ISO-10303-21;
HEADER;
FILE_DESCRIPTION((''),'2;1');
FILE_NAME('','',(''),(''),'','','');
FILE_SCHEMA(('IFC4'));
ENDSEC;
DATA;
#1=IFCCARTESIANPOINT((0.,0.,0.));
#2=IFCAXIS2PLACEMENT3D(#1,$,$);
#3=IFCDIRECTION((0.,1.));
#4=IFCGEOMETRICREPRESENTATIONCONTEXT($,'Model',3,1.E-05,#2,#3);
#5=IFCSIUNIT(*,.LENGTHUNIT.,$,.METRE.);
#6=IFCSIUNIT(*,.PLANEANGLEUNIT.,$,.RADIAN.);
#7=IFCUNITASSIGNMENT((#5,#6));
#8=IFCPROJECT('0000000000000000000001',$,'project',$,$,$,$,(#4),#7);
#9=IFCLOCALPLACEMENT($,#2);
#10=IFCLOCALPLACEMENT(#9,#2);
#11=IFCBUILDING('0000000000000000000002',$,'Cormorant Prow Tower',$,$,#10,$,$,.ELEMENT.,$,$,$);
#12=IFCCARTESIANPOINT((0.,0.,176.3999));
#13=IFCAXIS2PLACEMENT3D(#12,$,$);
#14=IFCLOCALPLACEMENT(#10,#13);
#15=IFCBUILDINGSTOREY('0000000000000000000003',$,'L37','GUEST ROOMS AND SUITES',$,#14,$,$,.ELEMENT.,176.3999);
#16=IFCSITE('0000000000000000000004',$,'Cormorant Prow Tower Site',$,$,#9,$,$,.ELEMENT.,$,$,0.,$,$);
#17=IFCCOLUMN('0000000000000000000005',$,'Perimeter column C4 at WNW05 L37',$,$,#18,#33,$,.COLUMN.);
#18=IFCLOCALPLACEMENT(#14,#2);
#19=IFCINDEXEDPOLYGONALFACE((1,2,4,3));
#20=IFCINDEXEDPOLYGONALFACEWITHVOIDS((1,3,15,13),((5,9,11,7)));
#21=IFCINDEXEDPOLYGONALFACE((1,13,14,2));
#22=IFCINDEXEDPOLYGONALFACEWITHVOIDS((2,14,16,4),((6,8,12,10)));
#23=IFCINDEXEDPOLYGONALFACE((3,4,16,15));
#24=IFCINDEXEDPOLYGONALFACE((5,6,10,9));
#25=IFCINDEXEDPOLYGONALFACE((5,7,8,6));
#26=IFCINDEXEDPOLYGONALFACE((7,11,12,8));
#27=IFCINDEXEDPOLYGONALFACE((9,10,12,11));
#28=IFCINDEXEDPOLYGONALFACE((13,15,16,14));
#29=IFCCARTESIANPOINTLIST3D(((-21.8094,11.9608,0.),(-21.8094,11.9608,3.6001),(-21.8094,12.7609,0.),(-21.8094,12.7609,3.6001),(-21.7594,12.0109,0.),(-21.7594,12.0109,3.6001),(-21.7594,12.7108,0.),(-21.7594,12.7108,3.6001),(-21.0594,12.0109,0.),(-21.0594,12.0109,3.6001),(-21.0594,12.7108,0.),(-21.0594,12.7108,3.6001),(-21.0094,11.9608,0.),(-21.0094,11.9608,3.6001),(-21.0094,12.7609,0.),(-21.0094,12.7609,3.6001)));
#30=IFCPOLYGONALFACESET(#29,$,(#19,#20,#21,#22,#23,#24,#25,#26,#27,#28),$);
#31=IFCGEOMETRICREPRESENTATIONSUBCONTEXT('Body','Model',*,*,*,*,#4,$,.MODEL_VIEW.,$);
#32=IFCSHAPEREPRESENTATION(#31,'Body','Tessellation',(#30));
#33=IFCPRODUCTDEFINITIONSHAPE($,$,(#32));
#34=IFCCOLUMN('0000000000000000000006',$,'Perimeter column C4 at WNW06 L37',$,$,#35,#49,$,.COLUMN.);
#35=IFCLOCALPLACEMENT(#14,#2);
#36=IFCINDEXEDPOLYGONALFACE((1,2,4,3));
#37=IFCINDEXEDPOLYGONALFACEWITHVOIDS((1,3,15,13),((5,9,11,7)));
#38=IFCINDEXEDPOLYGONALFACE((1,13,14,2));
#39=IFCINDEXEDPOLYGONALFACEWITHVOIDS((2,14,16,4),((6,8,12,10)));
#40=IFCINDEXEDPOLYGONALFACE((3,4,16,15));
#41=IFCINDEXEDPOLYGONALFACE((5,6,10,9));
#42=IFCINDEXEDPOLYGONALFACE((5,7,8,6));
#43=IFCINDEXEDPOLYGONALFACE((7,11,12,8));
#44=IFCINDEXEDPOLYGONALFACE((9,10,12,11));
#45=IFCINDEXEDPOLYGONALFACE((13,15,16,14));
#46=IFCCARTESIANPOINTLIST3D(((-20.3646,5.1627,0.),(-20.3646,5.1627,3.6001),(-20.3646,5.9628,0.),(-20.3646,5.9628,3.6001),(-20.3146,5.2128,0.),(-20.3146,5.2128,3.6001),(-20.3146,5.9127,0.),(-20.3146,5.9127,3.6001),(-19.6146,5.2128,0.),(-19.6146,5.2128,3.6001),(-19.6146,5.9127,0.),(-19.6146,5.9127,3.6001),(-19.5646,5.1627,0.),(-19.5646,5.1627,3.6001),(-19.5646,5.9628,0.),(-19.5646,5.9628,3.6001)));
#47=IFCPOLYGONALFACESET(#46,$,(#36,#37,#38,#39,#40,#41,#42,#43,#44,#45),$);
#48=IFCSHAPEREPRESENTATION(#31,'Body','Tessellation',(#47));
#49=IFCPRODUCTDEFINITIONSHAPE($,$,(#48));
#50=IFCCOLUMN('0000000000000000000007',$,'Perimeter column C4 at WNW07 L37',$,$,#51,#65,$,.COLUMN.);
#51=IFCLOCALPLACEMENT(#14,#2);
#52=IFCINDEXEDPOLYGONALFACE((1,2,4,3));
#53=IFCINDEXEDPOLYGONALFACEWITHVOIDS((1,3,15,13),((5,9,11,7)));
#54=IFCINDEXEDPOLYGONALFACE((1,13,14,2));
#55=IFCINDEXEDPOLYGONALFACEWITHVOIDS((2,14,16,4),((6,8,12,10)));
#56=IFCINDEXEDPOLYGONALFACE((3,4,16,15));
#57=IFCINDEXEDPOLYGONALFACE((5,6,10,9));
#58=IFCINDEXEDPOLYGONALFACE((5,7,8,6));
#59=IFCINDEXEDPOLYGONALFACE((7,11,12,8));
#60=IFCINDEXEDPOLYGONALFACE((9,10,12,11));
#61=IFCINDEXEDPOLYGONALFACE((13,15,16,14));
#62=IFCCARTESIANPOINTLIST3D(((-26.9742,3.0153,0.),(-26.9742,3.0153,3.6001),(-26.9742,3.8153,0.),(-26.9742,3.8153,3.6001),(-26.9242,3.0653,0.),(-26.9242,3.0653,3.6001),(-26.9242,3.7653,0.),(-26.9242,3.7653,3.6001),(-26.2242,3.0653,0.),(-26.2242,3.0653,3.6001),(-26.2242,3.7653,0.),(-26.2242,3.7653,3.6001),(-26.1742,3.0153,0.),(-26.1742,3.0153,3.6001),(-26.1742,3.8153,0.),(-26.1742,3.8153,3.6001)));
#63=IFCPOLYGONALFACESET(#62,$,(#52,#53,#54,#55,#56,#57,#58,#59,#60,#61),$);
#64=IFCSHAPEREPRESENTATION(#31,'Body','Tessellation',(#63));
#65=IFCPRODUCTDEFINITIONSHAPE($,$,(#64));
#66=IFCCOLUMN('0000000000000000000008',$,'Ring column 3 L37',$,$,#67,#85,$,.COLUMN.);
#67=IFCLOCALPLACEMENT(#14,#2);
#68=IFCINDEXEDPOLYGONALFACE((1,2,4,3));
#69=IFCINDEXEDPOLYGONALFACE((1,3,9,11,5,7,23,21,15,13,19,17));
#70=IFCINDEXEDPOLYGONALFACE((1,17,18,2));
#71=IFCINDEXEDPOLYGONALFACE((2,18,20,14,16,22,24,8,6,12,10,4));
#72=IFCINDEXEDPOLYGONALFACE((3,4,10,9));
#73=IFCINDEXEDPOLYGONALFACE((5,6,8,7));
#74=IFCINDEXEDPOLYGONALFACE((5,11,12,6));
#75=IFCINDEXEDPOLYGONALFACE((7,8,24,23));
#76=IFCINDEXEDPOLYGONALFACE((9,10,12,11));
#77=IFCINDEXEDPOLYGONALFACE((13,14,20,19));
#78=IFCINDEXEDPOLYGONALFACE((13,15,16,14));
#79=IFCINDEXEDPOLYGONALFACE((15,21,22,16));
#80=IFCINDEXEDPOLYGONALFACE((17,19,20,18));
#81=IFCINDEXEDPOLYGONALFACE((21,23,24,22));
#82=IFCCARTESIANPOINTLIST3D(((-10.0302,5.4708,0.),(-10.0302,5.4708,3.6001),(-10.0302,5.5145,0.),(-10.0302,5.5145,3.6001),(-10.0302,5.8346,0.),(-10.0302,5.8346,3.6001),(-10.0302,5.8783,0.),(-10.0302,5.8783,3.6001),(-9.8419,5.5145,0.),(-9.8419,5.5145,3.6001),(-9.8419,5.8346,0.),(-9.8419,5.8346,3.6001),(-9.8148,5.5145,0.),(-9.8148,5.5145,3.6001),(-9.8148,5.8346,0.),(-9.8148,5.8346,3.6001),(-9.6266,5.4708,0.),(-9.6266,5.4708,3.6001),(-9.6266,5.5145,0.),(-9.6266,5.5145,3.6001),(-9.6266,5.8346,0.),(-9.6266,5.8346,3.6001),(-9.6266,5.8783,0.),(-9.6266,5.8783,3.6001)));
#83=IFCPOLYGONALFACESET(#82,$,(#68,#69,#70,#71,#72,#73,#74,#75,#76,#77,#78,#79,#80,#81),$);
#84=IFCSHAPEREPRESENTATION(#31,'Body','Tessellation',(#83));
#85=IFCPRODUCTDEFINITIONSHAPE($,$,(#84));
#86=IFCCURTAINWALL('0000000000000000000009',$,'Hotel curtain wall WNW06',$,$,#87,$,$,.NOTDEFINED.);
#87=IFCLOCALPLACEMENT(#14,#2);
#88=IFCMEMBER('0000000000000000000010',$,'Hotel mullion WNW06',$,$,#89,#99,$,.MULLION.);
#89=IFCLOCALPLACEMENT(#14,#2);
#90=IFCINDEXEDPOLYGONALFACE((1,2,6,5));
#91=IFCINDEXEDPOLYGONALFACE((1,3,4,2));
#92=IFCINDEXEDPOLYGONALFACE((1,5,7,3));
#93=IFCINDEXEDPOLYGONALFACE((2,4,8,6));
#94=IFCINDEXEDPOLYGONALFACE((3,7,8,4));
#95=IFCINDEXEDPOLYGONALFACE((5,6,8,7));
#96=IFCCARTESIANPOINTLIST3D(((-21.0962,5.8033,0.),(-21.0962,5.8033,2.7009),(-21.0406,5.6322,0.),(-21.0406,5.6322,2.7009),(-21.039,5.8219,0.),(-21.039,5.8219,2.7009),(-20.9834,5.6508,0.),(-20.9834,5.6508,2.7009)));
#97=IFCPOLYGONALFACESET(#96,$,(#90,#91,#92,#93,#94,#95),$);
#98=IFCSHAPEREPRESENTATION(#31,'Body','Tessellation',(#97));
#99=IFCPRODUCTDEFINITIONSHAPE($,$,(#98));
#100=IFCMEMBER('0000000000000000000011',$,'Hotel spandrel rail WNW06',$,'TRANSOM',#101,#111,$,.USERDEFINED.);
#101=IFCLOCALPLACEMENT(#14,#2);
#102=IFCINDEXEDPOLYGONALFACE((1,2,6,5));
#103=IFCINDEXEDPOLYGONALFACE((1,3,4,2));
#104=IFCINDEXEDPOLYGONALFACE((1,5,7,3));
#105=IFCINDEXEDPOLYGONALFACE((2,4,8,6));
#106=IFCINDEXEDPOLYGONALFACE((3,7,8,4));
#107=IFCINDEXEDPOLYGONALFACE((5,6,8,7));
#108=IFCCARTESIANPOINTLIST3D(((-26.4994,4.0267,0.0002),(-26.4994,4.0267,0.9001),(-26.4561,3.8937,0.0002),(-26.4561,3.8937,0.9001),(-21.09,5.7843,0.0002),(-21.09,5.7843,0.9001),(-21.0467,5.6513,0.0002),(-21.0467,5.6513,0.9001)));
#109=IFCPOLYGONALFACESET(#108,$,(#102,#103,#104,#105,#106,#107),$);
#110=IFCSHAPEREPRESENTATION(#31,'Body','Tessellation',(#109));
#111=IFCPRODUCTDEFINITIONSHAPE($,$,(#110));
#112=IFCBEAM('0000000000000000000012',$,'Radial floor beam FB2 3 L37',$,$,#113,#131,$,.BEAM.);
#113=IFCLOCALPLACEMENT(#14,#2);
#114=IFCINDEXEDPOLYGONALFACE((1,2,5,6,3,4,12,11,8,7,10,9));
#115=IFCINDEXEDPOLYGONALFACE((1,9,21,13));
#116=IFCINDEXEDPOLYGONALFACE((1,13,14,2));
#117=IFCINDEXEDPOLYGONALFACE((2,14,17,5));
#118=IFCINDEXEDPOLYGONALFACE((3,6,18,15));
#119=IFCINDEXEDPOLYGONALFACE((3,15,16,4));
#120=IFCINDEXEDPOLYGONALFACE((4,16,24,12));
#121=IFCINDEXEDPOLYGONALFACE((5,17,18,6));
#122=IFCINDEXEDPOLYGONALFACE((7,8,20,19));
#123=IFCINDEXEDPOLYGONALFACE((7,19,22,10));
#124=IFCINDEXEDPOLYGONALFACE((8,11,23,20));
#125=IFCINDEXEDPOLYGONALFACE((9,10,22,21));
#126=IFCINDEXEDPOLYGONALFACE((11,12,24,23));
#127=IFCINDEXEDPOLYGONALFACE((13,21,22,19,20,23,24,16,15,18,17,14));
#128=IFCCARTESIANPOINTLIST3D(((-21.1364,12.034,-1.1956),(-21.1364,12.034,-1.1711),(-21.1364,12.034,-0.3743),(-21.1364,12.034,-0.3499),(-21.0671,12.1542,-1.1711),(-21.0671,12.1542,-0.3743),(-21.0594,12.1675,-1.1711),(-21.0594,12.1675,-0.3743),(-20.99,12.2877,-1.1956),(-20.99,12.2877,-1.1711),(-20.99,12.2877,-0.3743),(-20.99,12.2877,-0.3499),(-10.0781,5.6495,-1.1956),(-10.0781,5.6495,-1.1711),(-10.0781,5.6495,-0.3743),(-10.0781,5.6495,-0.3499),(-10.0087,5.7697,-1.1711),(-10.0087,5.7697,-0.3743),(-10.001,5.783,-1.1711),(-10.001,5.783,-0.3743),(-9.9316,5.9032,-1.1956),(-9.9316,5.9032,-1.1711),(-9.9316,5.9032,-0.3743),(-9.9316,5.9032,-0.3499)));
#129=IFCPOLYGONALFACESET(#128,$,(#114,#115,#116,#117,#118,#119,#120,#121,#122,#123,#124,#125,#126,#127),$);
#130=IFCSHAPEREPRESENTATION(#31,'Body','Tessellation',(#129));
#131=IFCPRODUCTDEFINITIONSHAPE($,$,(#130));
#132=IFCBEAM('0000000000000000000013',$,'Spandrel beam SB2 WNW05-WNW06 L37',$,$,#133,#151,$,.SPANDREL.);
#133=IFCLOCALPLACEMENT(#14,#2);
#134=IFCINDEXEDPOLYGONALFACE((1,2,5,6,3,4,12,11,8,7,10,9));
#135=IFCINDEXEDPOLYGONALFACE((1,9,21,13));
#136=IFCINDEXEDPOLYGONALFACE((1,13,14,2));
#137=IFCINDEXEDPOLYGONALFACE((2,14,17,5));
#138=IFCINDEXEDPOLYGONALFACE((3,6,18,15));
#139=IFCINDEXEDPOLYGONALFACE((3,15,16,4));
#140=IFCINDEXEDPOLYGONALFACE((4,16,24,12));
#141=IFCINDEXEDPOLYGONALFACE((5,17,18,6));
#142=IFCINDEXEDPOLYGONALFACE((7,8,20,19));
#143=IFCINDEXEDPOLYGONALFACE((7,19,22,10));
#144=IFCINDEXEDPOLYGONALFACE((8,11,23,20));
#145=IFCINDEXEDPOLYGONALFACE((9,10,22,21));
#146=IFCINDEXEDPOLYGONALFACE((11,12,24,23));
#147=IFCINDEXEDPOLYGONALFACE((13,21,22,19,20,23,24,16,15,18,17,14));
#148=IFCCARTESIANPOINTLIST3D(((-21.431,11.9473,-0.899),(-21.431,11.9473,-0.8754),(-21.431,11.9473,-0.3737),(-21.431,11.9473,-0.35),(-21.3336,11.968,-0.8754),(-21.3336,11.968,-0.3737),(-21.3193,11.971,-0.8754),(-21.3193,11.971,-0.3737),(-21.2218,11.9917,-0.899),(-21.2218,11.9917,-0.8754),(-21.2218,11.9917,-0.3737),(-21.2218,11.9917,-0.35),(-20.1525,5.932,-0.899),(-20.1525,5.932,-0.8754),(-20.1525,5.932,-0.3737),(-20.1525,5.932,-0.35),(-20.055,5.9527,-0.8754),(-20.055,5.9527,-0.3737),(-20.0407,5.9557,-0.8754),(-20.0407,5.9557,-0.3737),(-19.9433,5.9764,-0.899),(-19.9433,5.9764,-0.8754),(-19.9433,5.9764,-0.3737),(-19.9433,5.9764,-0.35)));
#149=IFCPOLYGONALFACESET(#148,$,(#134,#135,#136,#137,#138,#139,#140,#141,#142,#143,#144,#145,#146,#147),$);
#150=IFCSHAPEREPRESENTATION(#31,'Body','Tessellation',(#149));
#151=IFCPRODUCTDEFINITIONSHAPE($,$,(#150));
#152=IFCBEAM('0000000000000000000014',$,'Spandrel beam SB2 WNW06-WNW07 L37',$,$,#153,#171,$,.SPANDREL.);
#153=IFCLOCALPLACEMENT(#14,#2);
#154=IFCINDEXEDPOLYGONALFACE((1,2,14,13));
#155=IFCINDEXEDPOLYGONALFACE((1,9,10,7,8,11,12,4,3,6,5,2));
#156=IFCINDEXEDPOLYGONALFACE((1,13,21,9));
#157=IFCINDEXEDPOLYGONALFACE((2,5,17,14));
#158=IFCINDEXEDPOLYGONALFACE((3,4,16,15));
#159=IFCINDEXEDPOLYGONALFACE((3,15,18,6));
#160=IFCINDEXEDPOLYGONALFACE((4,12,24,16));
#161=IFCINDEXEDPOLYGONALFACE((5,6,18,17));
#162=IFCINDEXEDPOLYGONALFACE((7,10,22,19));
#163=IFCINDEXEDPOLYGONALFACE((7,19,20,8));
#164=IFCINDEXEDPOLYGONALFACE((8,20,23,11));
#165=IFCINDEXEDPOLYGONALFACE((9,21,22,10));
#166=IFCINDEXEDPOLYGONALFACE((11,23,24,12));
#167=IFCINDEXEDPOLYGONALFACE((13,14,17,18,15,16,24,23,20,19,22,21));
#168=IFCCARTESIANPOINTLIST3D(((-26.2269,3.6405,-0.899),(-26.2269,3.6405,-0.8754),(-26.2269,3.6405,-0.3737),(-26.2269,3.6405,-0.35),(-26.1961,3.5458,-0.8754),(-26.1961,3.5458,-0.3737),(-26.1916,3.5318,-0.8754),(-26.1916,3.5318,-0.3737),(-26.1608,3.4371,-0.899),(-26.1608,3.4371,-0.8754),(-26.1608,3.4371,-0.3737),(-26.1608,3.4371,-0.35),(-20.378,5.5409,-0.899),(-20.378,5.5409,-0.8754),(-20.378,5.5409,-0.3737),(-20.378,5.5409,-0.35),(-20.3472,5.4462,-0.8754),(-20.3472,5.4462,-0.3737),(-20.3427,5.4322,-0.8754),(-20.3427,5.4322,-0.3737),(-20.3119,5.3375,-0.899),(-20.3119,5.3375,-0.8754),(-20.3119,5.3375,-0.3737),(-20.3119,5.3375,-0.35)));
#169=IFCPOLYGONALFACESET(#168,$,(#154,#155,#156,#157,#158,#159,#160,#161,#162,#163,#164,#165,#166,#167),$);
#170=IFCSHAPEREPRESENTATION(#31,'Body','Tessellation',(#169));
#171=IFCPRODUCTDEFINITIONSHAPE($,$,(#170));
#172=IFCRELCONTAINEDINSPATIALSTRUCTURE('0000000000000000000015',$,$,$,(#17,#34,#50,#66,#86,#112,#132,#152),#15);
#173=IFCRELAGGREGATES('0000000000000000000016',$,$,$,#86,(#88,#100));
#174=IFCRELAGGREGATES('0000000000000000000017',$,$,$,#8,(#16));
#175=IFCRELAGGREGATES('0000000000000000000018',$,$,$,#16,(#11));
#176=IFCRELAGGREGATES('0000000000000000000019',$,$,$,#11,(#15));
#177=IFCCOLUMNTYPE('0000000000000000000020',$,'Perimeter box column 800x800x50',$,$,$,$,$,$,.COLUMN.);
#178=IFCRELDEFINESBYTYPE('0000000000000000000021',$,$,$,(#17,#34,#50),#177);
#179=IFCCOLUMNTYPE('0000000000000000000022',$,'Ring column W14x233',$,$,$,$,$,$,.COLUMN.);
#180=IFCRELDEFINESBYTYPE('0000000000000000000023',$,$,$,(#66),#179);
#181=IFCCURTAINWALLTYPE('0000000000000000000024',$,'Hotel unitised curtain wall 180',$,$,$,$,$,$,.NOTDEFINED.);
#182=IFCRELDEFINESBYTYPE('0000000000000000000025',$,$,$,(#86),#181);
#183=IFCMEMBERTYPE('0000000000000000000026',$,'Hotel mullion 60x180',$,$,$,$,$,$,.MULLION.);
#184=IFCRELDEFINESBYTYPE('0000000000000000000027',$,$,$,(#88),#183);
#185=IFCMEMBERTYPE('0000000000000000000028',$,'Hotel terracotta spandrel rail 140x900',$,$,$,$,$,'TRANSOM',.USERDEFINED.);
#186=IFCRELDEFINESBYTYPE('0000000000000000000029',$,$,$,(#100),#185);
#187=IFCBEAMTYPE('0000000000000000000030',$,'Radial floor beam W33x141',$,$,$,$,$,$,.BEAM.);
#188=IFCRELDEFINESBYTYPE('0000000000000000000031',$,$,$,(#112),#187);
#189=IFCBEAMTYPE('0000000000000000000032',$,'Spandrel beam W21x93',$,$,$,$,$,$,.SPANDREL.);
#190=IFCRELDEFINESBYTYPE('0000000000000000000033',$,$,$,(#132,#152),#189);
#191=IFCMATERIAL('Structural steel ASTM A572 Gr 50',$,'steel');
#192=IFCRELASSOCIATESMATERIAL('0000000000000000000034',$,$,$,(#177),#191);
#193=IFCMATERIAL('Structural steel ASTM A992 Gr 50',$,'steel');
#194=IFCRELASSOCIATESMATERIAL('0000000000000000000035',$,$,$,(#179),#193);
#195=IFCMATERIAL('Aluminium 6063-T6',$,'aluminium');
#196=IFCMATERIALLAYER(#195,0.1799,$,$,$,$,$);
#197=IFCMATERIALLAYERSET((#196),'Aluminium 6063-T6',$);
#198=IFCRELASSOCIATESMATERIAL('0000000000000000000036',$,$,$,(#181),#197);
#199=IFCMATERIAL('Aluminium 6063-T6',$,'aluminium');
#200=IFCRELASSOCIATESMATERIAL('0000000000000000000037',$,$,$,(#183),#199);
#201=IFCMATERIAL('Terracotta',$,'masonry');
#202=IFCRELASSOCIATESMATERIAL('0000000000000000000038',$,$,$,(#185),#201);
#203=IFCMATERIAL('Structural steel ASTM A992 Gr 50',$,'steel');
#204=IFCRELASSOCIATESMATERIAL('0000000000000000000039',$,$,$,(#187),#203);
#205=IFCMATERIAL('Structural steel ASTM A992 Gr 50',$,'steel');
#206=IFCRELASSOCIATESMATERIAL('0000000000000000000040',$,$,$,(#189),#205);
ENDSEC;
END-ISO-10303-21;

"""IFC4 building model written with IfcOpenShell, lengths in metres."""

from ifc_helpers import new_model, si_unit, direction, frame, origin, origin_2d, place, context, subcontext, project, spatial, rectangle, hollow_rectangle, i_section, extrude, material, layer, layer_set, material_profile, profile_set, type_object, element, aggregate, save


model = new_model("IFC4")

# Units and contexts
model_context = context("Model", 3, precision=1e-05, world=origin(), true_north=direction((0.0, 1.0)))
body_context = subcontext(model_context, "Body", "Model", "MODEL_VIEW")
ifc_project = project(units=[si_unit("LENGTHUNIT", "METRE"), si_unit("PLANEANGLEUNIT", "RADIAN")], contexts=[model_context])

# Site, building, storey
site_placement = place(None, origin())
site = spatial("IfcSite", under=ifc_project, at=site_placement, Name="Cormorant Prow Tower Site", CompositionType="ELEMENT", RefElevation=0.0)
building_placement = place(site_placement, origin())
building = spatial("IfcBuilding", under=site, at=building_placement, Name="Cormorant Prow Tower", CompositionType="ELEMENT")
storey_placement = place(building_placement, frame((0.0, 0.0, 176.3999)))
storey = spatial("IfcBuildingStorey", under=building, at=storey_placement, Name="L37", Description="GUEST ROOMS AND SUITES", CompositionType="ELEMENT", Elevation=176.3999)

# Columns
ifc_material_1 = material(Name="Structural steel ASTM A572 Gr 50", Category="steel")
ifc_material_profile_1 = material_profile(ifc_material_1, hollow_rectangle(XDim=0.8, YDim=0.8, WallThickness=0.05, at=origin_2d()), Name="Box 800x800x50")
ifc_profile_set_1 = profile_set([ifc_material_profile_1], Name="Structural steel ASTM A572 Gr 50")
column_type_1 = type_object("IfcColumnType", Name="Perimeter box column 800x800x50", PredefinedType="COLUMN", material=ifc_profile_set_1)
for number, where, z_axis, x_axis, name in (
    (1, (-21.4094, 12.3608, 0.0), (0.0, 0.0, 1.0), (1.0, 0.0, 0.0), "Perimeter column C4 at WNW05 L37"),
    (2, (-19.9646, 5.5627, 0.0), (0.0, 0.0, 1.0), (1.0, 0.0, 0.0), "Perimeter column C4 at WNW06 L37"),
    (3, (-26.5742, 3.4153, 0.0), (0.0, 0.0, 1.0), (1.0, 0.0, 0.0), "Perimeter column C4 at WNW07 L37"),
):
    element("IfcColumn", number, at=place(storey_placement, frame(where, z_axis=z_axis, x_axis=x_axis)), inside=storey, type_object=column_type_1, Name=name, PredefinedType="COLUMN", context=body_context, shape_type="SweptSolid", body=[
        extrude(hollow_rectangle(XDim=0.8, YDim=0.8, WallThickness=0.05, at=origin_2d()), origin(), (0.0, 0.0, 1.0), 3.6001),
    ])
ifc_material_2 = material(Name="Structural steel ASTM A992 Gr 50", Category="steel")
ifc_material_profile_2 = material_profile(ifc_material_2, i_section(OverallWidth=0.4036, OverallDepth=0.4075, WebThickness=0.0271, FlangeThickness=0.0437, at=origin_2d()), Name="W14x233")
ifc_profile_set_2 = profile_set([ifc_material_profile_2], Name="Structural steel ASTM A992 Gr 50")
column_type_2 = type_object("IfcColumnType", Name="Ring column W14x233", PredefinedType="COLUMN", material=ifc_profile_set_2)
column_placement = place(storey_placement, frame((-9.8284, 5.6746, 0.0), z_axis=(0.0, 0.0, 1.0), x_axis=(1.0, 0.0, 0.0)))
element("IfcColumn", 4, at=column_placement, inside=storey, type_object=column_type_2, Name="Ring column 3 L37", PredefinedType="COLUMN", context=body_context, shape_type="SweptSolid", body=[
    extrude(i_section(OverallWidth=0.4036, OverallDepth=0.4075, WebThickness=0.0271, FlangeThickness=0.0437, at=origin_2d()), origin(), (0.0, 0.0, 1.0), 3.6001),
])

# Curtain wall, members
ifc_material_3 = material(Name="Aluminium 6063-T6", Category="aluminium")
ifc_layer_1 = layer(ifc_material_3, 0.1799)
ifc_layer_set_1 = layer_set([ifc_layer_1], Name="Aluminium 6063-T6")
curtain_wall_type = type_object("IfcCurtainWallType", Name="Hotel unitised curtain wall 180", PredefinedType="NOTDEFINED", material=ifc_layer_set_1)
curtain_wall_1_placement = place(storey_placement, origin())
curtain_wall_1 = element("IfcCurtainWall", 5, at=curtain_wall_1_placement, inside=storey, type_object=curtain_wall_type, Name="Hotel curtain wall WNW06", PredefinedType="NOTDEFINED")
ifc_material_4 = material(Name="Aluminium 6063-T6", Category="aluminium")
ifc_material_profile_3 = material_profile(ifc_material_4, rectangle(XDim=0.1799, YDim=0.0601, at=origin_2d()), Name="Hotel mullion 60x180")
ifc_profile_set_3 = profile_set([ifc_material_profile_3], Name="Aluminium 6063-T6")
member_type_1 = type_object("IfcMemberType", Name="Hotel mullion 60x180", PredefinedType="MULLION", material=ifc_profile_set_3)
member_1_placement = place(storey_placement, frame((-21.0398, 5.7271, 0.0), z_axis=(0.0, 0.0, 1.0), x_axis=(0.309017, -0.951057, 0.0)))
member_1 = element("IfcMember", 6, at=member_1_placement, type_object=member_type_1, Name="Hotel mullion WNW06", PredefinedType="MULLION", context=body_context, shape_type="SweptSolid", body=[
    extrude(rectangle(XDim=0.1799, YDim=0.0601, at=origin_2d()), origin(), (0.0, 0.0, 1.0), 2.7009),
])
ifc_material_5 = material(Name="Terracotta", Category="masonry")
ifc_material_profile_4 = material_profile(ifc_material_5, rectangle(XDim=0.1399, YDim=0.8999, at=origin_2d()), Name="Hotel terracotta spandrel rail 140x900")
ifc_profile_set_4 = profile_set([ifc_material_profile_4], Name="Terracotta")
member_type_2 = type_object("IfcMemberType", Name="Hotel terracotta spandrel rail 140x900", ElementType="TRANSOM", PredefinedType="USERDEFINED", material=ifc_profile_set_4)
member_2_placement = place(storey_placement, frame((-21.0684, 5.7178, 0.4502), z_axis=(-0.95106, -0.309007, 0.0), x_axis=(0.309007, -0.95106, 0.0)))
member_2 = element("IfcMember", 7, at=member_2_placement, type_object=member_type_2, Name="Hotel spandrel rail WNW06", ObjectType="TRANSOM", PredefinedType="USERDEFINED", context=body_context, shape_type="SweptSolid", body=[
    extrude(rectangle(XDim=0.1399, YDim=0.8999, at=origin_2d()), origin(), (0.0, 0.0, 1.0), 5.6877),
])

# Beams
ifc_material_6 = material(Name="Structural steel ASTM A992 Gr 50", Category="steel")
ifc_material_profile_5 = material_profile(ifc_material_6, i_section(OverallWidth=0.293, OverallDepth=0.8457, WebThickness=0.0154, FlangeThickness=0.0244, at=origin_2d()), Name="W33x141")
ifc_profile_set_5 = profile_set([ifc_material_profile_5], Name="Structural steel ASTM A992 Gr 50")
beam_type_1 = type_object("IfcBeamType", Name="Radial floor beam W33x141", PredefinedType="BEAM", material=ifc_profile_set_5)
beam_1_placement = place(storey_placement, frame((-10.0049, 5.7764, -0.7727), z_axis=(-0.866026, 0.499999, 0.0), x_axis=(-0.499999, -0.866026, 0.0)))
element("IfcBeam", 8, at=beam_1_placement, inside=storey, type_object=beam_type_1, Name="Radial floor beam FB2 3 L37", PredefinedType="BEAM", context=body_context, shape_type="SweptSolid", body=[
    extrude(i_section(OverallWidth=0.293, OverallDepth=0.8457, WebThickness=0.0154, FlangeThickness=0.0244, at=origin_2d()), origin(), (0.0, 0.0, 1.0), 12.769),
])
ifc_material_7 = material(Name="Structural steel ASTM A992 Gr 50", Category="steel")
ifc_material_profile_6 = material_profile(ifc_material_7, i_section(OverallWidth=0.2139, OverallDepth=0.5491, WebThickness=0.0146, FlangeThickness=0.0237, at=origin_2d()), Name="W21x93")
ifc_profile_set_6 = profile_set([ifc_material_profile_6], Name="Structural steel ASTM A992 Gr 50")
beam_type_2 = type_object("IfcBeamType", Name="Spandrel beam W21x93", PredefinedType="SPANDREL", material=ifc_profile_set_6)
beam_2_placement = place(storey_placement, frame((-21.3264, 11.9695, -0.6245), z_axis=(0.207905, -0.978149, 0.0), x_axis=(0.978149, 0.207905, 0.0)))
element("IfcBeam", 9, at=beam_2_placement, inside=storey, type_object=beam_type_2, Name="Spandrel beam SB2 WNW05-WNW06 L37", PredefinedType="SPANDREL", context=body_context, shape_type="SweptSolid", body=[
    extrude(i_section(OverallWidth=0.2139, OverallDepth=0.5491, WebThickness=0.0146, FlangeThickness=0.0237, at=origin_2d()), origin(), (0.0, 0.0, 1.0), 6.1497),
])
beam_3_placement = place(storey_placement, frame((-20.345, 5.4392, -0.6245), z_axis=(-0.951058, -0.309013, 0.0), x_axis=(0.309013, -0.951058, 0.0)))
element("IfcBeam", 10, at=beam_3_placement, inside=storey, type_object=beam_type_2, Name="Spandrel beam SB2 WNW06-WNW07 L37", PredefinedType="SPANDREL", context=body_context, shape_type="SweptSolid", body=[
    extrude(i_section(OverallWidth=0.2139, OverallDepth=0.5491, WebThickness=0.0146, FlangeThickness=0.0237, at=origin_2d()), origin(), (0.0, 0.0, 1.0), 6.1499),
])

aggregate(curtain_wall_1, [member_1, member_2])

save(model, "model.ifc")
